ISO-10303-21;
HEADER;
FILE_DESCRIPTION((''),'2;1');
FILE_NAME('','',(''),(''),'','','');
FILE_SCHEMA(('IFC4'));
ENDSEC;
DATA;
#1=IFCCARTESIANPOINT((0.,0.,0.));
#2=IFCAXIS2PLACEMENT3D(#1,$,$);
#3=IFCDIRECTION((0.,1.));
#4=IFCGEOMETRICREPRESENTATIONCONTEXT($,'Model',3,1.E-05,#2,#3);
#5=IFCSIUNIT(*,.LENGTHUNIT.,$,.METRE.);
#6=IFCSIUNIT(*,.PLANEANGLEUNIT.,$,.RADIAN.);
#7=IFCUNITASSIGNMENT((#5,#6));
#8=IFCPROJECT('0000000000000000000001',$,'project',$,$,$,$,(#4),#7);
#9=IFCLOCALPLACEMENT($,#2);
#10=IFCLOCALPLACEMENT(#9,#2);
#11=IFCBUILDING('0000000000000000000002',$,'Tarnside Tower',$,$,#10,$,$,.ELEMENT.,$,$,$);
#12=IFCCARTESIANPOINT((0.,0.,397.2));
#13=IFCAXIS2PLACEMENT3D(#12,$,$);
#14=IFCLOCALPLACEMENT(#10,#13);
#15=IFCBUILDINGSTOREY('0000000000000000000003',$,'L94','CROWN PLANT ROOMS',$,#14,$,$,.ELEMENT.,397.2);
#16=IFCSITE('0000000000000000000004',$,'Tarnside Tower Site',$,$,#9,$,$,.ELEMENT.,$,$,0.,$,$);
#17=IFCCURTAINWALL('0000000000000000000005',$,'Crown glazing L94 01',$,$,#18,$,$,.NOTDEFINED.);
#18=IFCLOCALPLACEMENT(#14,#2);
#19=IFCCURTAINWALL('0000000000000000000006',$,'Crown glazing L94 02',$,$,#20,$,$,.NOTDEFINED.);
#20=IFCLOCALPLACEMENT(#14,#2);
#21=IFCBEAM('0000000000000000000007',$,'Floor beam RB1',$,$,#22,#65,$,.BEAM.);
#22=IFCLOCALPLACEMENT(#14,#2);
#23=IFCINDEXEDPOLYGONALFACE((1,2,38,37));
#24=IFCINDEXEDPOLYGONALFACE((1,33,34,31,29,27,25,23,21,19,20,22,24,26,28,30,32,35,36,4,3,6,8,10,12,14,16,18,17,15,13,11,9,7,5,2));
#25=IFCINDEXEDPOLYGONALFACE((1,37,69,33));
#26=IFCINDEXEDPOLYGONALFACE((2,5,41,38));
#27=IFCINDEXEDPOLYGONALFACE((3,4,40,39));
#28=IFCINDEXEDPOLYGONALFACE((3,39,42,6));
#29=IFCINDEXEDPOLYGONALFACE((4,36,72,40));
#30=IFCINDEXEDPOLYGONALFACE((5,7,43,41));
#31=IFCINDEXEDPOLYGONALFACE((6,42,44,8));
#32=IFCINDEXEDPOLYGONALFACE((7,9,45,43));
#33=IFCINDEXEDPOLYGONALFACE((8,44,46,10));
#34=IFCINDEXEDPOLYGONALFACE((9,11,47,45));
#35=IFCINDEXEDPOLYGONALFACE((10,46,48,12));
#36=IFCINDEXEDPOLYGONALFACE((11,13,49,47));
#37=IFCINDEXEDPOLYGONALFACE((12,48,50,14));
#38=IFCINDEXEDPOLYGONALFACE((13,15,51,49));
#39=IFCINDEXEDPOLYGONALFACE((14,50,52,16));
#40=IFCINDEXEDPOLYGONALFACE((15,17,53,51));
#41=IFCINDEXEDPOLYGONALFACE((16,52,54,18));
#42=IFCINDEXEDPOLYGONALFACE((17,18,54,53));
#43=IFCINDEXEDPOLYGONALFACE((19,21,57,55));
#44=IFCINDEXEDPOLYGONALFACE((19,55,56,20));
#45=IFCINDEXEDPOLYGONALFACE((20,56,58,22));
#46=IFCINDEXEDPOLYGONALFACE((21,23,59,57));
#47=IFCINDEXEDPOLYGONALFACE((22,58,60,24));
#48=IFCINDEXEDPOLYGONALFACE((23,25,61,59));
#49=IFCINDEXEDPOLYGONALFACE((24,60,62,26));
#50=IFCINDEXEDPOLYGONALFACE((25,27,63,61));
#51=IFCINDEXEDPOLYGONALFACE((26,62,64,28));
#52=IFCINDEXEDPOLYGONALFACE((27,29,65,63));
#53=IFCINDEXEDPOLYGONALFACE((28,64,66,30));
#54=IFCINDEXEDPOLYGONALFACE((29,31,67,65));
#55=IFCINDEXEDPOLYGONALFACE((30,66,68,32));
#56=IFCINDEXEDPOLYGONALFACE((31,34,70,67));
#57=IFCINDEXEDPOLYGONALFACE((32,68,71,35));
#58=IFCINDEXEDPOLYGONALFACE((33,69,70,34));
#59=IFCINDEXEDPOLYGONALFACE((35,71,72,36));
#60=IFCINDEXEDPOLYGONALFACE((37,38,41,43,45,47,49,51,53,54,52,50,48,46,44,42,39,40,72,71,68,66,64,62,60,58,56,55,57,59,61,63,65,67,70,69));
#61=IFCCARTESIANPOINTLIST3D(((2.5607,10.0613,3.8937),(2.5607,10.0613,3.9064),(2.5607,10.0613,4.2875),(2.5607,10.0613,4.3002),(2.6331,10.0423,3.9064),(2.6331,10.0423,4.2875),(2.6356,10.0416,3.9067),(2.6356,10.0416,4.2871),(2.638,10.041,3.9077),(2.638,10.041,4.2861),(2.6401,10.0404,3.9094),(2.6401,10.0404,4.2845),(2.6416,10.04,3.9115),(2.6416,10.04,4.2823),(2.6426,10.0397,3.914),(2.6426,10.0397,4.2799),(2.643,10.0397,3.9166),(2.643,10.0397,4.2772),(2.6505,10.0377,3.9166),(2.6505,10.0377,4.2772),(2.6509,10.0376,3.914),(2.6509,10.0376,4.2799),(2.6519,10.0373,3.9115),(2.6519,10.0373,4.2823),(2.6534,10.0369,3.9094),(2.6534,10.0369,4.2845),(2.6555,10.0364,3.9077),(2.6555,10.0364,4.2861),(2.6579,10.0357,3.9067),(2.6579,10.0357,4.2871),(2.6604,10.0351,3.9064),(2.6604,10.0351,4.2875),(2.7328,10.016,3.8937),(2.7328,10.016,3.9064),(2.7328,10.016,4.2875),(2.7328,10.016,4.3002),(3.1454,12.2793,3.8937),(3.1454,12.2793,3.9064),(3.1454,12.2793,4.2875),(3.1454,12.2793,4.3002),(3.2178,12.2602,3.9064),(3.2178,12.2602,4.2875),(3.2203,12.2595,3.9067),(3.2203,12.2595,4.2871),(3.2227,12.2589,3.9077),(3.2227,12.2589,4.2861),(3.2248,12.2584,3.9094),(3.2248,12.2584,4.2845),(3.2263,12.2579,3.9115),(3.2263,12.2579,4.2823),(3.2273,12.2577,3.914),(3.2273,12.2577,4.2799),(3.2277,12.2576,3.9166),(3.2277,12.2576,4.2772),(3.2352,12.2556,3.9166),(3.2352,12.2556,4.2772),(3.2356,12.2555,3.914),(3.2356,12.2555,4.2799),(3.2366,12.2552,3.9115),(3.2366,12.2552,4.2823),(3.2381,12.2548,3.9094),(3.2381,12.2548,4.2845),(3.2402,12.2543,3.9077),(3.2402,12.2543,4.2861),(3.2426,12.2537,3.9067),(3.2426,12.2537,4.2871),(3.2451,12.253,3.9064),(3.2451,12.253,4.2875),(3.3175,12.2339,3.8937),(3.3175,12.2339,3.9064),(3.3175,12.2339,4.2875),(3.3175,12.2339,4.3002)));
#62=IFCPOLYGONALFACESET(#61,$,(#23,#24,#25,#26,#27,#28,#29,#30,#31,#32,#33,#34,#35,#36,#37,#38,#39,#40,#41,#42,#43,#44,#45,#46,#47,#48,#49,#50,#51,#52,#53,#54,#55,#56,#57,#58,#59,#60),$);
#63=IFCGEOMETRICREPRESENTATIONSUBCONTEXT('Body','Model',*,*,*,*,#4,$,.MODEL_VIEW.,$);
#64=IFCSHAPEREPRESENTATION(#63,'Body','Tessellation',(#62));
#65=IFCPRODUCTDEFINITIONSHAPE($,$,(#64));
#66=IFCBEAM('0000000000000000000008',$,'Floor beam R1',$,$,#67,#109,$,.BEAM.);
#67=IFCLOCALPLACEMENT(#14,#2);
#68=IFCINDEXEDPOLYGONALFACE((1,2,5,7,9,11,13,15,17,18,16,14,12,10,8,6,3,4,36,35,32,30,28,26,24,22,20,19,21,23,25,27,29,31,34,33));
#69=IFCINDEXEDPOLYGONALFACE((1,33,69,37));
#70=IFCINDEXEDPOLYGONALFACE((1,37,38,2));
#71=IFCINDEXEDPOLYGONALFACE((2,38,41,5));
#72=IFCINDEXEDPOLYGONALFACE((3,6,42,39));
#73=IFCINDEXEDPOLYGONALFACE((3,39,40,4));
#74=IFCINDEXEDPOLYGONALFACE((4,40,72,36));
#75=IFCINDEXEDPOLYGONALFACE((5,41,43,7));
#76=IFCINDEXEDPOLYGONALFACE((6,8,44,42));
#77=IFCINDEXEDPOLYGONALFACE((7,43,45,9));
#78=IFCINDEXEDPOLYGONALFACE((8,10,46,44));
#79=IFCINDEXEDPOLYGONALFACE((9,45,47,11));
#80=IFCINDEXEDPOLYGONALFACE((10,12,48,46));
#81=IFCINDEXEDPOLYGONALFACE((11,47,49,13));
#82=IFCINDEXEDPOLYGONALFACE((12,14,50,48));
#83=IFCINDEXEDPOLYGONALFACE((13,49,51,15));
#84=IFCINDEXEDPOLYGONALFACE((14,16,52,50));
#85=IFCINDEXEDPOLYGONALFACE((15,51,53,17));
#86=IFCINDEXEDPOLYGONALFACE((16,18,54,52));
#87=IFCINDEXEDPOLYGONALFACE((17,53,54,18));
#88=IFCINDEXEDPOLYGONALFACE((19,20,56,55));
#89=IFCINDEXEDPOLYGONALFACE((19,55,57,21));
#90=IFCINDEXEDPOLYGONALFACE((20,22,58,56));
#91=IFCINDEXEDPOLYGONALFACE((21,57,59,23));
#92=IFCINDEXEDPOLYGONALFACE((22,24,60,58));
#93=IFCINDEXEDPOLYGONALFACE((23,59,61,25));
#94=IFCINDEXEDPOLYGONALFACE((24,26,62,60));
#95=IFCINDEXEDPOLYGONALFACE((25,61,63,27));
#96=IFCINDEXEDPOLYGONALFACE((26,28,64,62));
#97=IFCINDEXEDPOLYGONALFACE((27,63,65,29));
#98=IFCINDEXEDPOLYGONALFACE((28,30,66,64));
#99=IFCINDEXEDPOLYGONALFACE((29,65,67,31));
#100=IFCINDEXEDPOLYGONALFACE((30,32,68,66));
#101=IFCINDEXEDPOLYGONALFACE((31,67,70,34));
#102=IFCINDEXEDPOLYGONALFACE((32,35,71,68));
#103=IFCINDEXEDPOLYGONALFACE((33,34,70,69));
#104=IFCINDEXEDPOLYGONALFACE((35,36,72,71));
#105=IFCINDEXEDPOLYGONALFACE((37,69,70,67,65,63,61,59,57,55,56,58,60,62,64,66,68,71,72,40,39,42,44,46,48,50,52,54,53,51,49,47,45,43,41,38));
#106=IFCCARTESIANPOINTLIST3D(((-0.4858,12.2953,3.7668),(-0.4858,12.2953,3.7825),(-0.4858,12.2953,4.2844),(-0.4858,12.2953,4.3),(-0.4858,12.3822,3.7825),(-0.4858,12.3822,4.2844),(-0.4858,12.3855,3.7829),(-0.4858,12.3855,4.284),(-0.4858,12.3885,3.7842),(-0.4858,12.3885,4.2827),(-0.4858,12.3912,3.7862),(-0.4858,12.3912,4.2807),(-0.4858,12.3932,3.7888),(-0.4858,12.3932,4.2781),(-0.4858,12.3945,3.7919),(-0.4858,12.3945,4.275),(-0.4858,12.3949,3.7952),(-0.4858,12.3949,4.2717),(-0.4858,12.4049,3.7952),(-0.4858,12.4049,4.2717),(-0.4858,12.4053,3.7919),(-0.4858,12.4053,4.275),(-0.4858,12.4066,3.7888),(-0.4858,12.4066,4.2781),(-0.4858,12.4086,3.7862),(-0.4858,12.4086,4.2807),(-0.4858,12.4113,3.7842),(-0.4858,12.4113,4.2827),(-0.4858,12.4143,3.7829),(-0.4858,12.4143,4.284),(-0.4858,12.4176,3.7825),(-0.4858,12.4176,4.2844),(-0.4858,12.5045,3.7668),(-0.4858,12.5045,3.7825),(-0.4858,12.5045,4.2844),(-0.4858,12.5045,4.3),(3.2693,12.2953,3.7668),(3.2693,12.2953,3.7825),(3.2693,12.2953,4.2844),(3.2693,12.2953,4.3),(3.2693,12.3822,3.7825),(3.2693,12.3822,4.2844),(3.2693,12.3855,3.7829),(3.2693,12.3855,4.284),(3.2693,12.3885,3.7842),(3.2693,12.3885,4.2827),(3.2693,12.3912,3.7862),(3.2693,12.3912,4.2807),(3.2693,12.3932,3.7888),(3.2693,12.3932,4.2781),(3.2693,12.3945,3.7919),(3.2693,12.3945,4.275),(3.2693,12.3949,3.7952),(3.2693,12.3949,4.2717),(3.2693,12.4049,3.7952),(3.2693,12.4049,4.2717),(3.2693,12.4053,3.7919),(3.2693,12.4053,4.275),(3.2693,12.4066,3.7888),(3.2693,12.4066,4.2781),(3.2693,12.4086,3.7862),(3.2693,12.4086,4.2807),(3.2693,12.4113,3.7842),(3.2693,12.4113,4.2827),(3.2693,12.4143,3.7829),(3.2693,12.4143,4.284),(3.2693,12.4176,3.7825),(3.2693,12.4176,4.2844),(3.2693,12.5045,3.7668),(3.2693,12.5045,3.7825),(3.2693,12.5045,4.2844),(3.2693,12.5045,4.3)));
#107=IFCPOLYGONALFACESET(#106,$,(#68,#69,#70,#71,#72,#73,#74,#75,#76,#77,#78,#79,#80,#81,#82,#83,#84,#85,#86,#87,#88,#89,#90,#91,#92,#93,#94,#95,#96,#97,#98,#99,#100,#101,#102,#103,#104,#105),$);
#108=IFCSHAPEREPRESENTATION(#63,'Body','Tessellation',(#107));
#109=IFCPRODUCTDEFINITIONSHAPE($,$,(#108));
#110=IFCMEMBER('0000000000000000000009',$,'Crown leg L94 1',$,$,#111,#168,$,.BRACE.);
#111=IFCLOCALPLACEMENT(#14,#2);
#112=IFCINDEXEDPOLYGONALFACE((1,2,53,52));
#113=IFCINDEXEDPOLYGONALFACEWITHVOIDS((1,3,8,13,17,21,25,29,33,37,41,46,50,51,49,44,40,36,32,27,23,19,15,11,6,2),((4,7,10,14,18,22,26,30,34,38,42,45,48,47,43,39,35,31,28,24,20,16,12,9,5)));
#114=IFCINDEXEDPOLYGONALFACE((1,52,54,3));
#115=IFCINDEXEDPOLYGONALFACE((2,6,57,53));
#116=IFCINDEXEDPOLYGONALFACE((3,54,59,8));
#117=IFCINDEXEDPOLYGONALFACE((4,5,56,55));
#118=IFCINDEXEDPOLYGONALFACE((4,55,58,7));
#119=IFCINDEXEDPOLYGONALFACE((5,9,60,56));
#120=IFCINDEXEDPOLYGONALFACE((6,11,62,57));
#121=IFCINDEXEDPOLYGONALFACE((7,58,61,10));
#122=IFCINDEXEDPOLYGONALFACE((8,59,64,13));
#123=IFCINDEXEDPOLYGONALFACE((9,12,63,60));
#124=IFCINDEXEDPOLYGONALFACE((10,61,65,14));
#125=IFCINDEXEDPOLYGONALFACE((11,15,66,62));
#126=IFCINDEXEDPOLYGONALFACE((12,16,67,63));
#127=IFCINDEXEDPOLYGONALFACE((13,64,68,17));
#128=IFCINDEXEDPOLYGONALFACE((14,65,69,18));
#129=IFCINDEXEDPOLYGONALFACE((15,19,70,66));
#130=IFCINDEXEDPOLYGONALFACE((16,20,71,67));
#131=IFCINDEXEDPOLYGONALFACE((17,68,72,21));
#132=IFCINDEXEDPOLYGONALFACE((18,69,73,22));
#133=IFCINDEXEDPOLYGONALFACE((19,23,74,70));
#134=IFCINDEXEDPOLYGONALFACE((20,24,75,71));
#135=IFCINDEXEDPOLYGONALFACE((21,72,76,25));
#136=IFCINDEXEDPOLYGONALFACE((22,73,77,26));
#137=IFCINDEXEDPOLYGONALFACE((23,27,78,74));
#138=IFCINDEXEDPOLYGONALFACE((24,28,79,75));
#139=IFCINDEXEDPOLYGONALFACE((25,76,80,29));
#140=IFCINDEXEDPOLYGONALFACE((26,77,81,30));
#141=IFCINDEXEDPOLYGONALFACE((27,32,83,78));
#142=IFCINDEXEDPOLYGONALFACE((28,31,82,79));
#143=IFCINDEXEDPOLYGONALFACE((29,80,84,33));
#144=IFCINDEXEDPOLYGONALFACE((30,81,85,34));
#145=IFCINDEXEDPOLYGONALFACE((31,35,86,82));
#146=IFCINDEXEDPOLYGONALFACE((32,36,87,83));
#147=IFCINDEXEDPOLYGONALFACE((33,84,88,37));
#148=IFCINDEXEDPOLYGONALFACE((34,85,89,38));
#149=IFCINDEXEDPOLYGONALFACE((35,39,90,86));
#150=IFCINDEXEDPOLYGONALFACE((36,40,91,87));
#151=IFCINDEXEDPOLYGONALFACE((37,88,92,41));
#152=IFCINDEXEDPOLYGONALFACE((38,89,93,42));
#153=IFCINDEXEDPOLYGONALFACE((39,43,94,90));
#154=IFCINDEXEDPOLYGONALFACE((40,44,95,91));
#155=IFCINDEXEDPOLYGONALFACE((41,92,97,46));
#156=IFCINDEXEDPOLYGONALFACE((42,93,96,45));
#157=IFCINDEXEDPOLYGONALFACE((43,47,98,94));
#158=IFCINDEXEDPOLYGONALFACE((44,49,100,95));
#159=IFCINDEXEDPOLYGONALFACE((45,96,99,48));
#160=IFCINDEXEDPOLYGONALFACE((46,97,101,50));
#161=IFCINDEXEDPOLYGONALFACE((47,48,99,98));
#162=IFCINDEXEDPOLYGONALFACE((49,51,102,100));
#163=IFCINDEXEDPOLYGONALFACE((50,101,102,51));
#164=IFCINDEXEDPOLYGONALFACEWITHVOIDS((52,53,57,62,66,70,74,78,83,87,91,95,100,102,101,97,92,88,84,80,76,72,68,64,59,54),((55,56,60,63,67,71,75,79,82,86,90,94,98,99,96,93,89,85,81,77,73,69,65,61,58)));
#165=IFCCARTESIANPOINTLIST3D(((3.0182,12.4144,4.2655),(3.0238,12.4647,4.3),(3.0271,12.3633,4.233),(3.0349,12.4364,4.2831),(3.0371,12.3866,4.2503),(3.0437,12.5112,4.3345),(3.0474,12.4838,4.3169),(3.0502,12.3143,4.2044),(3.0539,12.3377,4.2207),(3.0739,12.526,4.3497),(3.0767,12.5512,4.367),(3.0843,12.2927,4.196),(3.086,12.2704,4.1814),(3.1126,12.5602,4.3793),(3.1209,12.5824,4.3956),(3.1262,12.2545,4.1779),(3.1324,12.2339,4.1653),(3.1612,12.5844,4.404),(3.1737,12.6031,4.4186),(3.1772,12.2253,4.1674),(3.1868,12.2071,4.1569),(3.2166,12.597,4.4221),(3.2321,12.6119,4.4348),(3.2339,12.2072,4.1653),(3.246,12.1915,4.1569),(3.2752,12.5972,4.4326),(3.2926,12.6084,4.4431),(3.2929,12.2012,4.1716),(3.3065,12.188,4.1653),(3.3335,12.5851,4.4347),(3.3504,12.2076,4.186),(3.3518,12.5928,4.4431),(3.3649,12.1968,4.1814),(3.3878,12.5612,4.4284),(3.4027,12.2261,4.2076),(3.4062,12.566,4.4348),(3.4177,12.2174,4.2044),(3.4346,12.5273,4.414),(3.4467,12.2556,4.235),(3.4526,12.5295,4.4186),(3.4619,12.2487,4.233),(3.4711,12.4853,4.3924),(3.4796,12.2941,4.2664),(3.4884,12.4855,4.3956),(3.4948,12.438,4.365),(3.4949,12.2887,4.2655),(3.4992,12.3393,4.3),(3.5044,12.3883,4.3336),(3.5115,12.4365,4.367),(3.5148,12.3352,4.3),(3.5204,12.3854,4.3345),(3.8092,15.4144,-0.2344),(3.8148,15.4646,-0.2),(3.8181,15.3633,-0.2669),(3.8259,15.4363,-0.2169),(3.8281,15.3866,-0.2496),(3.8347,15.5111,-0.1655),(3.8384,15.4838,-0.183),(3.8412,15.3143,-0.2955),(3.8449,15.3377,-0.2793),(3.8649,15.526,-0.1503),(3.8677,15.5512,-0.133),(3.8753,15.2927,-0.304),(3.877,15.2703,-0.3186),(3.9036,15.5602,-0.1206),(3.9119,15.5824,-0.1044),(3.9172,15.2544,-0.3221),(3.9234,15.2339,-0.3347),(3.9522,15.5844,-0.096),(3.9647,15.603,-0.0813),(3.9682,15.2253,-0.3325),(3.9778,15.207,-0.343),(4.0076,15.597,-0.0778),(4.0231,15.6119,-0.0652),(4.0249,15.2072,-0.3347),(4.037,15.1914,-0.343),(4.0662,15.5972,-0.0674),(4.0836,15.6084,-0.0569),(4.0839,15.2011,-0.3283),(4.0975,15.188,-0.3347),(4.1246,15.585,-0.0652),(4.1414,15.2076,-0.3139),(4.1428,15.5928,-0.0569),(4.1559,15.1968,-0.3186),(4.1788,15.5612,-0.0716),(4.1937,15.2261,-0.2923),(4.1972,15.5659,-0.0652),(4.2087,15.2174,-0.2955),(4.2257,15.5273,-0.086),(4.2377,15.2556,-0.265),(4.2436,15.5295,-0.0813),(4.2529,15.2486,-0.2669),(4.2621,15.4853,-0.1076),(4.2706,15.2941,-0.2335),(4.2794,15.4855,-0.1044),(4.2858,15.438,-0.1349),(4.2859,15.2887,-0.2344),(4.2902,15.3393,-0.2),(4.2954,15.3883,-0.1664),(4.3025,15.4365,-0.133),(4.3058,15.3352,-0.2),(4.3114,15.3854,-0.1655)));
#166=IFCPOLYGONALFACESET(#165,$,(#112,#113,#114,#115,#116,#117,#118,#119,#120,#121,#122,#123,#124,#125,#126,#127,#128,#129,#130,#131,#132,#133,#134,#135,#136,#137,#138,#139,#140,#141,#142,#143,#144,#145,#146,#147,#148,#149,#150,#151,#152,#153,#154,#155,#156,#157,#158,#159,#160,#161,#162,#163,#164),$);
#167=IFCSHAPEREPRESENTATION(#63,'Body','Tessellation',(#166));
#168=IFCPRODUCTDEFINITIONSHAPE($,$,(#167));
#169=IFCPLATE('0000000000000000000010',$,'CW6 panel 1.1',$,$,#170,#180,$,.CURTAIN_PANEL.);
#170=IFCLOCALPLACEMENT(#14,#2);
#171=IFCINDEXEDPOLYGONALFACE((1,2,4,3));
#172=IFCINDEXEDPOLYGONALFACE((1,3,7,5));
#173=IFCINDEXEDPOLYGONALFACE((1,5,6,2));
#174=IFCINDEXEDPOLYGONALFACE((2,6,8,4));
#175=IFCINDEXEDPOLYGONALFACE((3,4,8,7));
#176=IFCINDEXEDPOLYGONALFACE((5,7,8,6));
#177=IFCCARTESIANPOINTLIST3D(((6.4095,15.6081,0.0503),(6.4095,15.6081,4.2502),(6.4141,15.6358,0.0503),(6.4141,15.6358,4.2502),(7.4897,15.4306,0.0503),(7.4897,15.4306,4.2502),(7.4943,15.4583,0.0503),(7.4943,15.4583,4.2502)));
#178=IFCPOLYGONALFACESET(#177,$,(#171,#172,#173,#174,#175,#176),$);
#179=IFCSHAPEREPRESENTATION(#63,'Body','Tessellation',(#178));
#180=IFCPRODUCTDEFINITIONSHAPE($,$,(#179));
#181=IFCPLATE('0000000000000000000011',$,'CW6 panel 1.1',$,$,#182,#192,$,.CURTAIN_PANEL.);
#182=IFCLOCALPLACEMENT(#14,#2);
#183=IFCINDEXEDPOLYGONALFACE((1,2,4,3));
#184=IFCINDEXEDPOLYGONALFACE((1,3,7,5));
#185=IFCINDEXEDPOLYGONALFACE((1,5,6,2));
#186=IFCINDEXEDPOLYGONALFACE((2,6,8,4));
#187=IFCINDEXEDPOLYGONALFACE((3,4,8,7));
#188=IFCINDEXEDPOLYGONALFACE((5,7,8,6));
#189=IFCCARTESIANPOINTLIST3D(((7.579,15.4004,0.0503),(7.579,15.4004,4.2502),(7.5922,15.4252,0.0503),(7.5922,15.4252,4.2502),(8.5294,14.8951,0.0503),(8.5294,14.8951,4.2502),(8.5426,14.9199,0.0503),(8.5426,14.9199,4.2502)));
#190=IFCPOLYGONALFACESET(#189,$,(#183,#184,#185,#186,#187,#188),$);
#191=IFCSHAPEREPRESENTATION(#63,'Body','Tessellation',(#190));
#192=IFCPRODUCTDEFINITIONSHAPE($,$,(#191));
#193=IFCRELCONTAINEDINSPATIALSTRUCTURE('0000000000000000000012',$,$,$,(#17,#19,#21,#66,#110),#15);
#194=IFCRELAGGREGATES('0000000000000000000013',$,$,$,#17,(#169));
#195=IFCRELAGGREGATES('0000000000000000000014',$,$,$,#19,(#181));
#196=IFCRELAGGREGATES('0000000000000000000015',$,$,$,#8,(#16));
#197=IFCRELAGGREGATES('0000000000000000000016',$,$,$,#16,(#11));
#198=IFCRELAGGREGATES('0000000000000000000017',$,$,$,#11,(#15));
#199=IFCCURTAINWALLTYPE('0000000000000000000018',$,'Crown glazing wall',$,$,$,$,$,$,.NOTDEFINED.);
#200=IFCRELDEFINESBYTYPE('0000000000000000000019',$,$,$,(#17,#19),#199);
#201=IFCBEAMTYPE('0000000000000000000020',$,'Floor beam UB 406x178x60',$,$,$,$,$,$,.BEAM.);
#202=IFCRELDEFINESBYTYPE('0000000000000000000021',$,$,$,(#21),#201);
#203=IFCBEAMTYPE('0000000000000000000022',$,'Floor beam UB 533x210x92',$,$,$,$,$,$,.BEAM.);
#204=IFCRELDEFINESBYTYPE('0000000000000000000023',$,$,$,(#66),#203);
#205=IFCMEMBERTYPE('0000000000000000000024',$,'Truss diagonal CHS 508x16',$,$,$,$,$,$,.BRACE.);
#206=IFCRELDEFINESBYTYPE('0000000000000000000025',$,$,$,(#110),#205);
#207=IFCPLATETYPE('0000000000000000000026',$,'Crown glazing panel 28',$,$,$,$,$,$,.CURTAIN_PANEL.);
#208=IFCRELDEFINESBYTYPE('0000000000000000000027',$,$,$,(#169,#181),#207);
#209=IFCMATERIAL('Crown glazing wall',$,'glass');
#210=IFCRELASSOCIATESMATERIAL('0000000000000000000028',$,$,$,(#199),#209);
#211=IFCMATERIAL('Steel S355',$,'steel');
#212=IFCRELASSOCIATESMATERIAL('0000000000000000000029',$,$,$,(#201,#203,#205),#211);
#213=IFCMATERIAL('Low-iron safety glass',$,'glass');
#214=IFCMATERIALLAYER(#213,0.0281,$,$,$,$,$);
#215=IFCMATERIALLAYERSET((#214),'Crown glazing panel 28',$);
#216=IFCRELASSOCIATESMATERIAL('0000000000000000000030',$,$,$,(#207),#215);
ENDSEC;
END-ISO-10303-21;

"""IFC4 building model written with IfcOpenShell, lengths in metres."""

from ifc_helpers import new_model, si_unit, direction, frame, origin, origin_2d, place, context, subcontext, project, spatial, rectangle, hollow_circle, i_section, extrude, material, layer, layer_set, material_profile, profile_set, type_object, element, aggregate, save


model = new_model("IFC4")

# Units and contexts
model_context = context("Model", 3, precision=1e-05, world=origin(), true_north=direction((0.0, 1.0)))
body_context = subcontext(model_context, "Body", "Model", "MODEL_VIEW")
ifc_project = project(units=[si_unit("LENGTHUNIT", "METRE"), si_unit("PLANEANGLEUNIT", "RADIAN")], contexts=[model_context])

# Site, building, storey
site_placement = place(None, origin())
site = spatial("IfcSite", under=ifc_project, at=site_placement, Name="Tarnside Tower Site", CompositionType="ELEMENT", RefElevation=0.0)
building_placement = place(site_placement, origin())
building = spatial("IfcBuilding", under=site, at=building_placement, Name="Tarnside Tower", CompositionType="ELEMENT")
storey_placement = place(building_placement, frame((0.0, 0.0, 397.2)))
storey = spatial("IfcBuildingStorey", under=building, at=storey_placement, Name="L94", Description="CROWN PLANT ROOMS", CompositionType="ELEMENT", Elevation=397.2)

# Curtain walls
ifc_material_1 = material(Name="Crown glazing wall", Category="glass")
curtain_wall_type = type_object("IfcCurtainWallType", Name="Crown glazing wall", PredefinedType="NOTDEFINED", material=ifc_material_1)
curtain_wall_1_placement = place(storey_placement, origin())
curtain_wall_1 = element("IfcCurtainWall", 1, at=curtain_wall_1_placement, inside=storey, type_object=curtain_wall_type, Name="Crown glazing L94 01", PredefinedType="NOTDEFINED")
curtain_wall_2_placement = place(storey_placement, origin())
curtain_wall_2 = element("IfcCurtainWall", 2, at=curtain_wall_2_placement, inside=storey, type_object=curtain_wall_type, Name="Crown glazing L94 02", PredefinedType="NOTDEFINED")

# Beams
ifc_material_2 = material(Name="Steel S355", Category="steel")
ifc_material_profile_1 = material_profile(ifc_material_2, i_section(OverallWidth=0.178, OverallDepth=0.4065, WebThickness=0.0078, FlangeThickness=0.0127, FilletRadius=0.0103, at=origin_2d()), Name="UB 406x178x60")
ifc_profile_set_1 = profile_set([ifc_material_profile_1], Name="Steel S355")
beam_type_1 = type_object("IfcBeamType", Name="Floor beam UB 406x178x60", PredefinedType="BEAM", material=ifc_profile_set_1)
beam_1_placement = place(storey_placement, frame((3.2314, 12.2566, 4.0969), z_axis=(-0.254912, -0.966964, 0.0), x_axis=(0.966964, -0.254912, 0.0)))
element("IfcBeam", 3, at=beam_1_placement, inside=storey, type_object=beam_type_1, Name="Floor beam RB1", PredefinedType="BEAM", context=body_context, shape_type="SweptSolid", body=[
    extrude(i_section(OverallWidth=0.178, OverallDepth=0.4065, WebThickness=0.0078, FlangeThickness=0.0127, FilletRadius=0.0103, at=origin_2d()), origin(), (0.0, 0.0, 1.0), 2.2937),
])
ifc_material_profile_2 = material_profile(ifc_material_2, i_section(OverallWidth=0.2092, OverallDepth=0.5332, WebThickness=0.01, FlangeThickness=0.0156, FilletRadius=0.0127, at=origin_2d()), Name="UB 533x210x92")
ifc_profile_set_2 = profile_set([ifc_material_profile_2], Name="Steel S355")
beam_type_2 = type_object("IfcBeamType", Name="Floor beam UB 533x210x92", PredefinedType="BEAM", material=ifc_profile_set_2)
beam_2_placement = place(storey_placement, frame((3.2693, 12.3999, 4.0334), z_axis=(-1.0, 0.0, 0.0), x_axis=(0.0, -1.0, 0.0)))
element("IfcBeam", 4, at=beam_2_placement, inside=storey, type_object=beam_type_2, Name="Floor beam R1", PredefinedType="BEAM", context=body_context, shape_type="SweptSolid", body=[
    extrude(i_section(OverallWidth=0.2092, OverallDepth=0.5332, WebThickness=0.01, FlangeThickness=0.0156, FilletRadius=0.0127, at=origin_2d()), origin(), (0.0, 0.0, 1.0), 3.7551),
])

# Member
ifc_material_profile_3 = material_profile(ifc_material_2, hollow_circle(Radius=0.2539, WallThickness=0.0161, at=origin_2d()), Name="CHS 508x16")
ifc_profile_set_3 = profile_set([ifc_material_profile_3], Name="Steel S355")
member_type_1 = type_object("IfcMemberType", Name="Truss diagonal CHS 508x16", PredefinedType="BRACE", material=ifc_profile_set_3)
member_1_placement = place(storey_placement, frame((4.0603, 15.3999, -0.2), z_axis=(-0.144719, -0.548861, 0.823291), x_axis=(0.966952, -0.254958, 0.0)))
element("IfcMember", 5, at=member_1_placement, inside=storey, type_object=member_type_1, Name="Crown leg L94 1", PredefinedType="BRACE", context=body_context, shape_type="SweptSolid", body=[
    extrude(hollow_circle(Radius=0.2539, WallThickness=0.0161, at=origin_2d()), origin(), (0.0, 0.0, 1.0), 5.4658),
])

# Plates
ifc_material_3 = material(Name="Low-iron safety glass", Category="glass")
ifc_layer_1 = layer(ifc_material_3, 0.0281)
ifc_layer_set_1 = layer_set([ifc_layer_1], Name="Crown glazing panel 28")
plate_type_1 = type_object("IfcPlateType", Name="Crown glazing panel 28", PredefinedType="CURTAIN_PANEL", material=ifc_layer_set_1)
plate_1_placement = place(storey_placement, frame((6.9519, 15.5332, 0.0503), z_axis=(0.0, 0.0, 1.0), x_axis=(0.986762, -0.162178, 0.0)))
plate_1 = element("IfcPlate", 6, at=plate_1_placement, type_object=plate_type_1, Name="CW6 panel 1.1", PredefinedType="CURTAIN_PANEL", context=body_context, shape_type="SweptSolid", body=[
    extrude(rectangle(XDim=1.0947, YDim=0.0281, at=origin_2d()), origin(), (0.0, 0.0, 1.0), 4.2),
])
aggregate(curtain_wall_1, [plate_1])
plate_2_placement = place(storey_placement, frame((8.0608, 15.1602, 0.0503), z_axis=(0.0, 0.0, 1.0), x_axis=(0.882948, -0.469472, 0.0)))
plate_2 = element("IfcPlate", 7, at=plate_2_placement, type_object=plate_type_1, Name="CW6 panel 1.1", PredefinedType="CURTAIN_PANEL", context=body_context, shape_type="SweptSolid", body=[
    extrude(rectangle(XDim=1.0764, YDim=0.0281, at=origin_2d()), origin(), (0.0, 0.0, 1.0), 4.2),
])
aggregate(curtain_wall_2, [plate_2])

save(model, "model.ifc")
